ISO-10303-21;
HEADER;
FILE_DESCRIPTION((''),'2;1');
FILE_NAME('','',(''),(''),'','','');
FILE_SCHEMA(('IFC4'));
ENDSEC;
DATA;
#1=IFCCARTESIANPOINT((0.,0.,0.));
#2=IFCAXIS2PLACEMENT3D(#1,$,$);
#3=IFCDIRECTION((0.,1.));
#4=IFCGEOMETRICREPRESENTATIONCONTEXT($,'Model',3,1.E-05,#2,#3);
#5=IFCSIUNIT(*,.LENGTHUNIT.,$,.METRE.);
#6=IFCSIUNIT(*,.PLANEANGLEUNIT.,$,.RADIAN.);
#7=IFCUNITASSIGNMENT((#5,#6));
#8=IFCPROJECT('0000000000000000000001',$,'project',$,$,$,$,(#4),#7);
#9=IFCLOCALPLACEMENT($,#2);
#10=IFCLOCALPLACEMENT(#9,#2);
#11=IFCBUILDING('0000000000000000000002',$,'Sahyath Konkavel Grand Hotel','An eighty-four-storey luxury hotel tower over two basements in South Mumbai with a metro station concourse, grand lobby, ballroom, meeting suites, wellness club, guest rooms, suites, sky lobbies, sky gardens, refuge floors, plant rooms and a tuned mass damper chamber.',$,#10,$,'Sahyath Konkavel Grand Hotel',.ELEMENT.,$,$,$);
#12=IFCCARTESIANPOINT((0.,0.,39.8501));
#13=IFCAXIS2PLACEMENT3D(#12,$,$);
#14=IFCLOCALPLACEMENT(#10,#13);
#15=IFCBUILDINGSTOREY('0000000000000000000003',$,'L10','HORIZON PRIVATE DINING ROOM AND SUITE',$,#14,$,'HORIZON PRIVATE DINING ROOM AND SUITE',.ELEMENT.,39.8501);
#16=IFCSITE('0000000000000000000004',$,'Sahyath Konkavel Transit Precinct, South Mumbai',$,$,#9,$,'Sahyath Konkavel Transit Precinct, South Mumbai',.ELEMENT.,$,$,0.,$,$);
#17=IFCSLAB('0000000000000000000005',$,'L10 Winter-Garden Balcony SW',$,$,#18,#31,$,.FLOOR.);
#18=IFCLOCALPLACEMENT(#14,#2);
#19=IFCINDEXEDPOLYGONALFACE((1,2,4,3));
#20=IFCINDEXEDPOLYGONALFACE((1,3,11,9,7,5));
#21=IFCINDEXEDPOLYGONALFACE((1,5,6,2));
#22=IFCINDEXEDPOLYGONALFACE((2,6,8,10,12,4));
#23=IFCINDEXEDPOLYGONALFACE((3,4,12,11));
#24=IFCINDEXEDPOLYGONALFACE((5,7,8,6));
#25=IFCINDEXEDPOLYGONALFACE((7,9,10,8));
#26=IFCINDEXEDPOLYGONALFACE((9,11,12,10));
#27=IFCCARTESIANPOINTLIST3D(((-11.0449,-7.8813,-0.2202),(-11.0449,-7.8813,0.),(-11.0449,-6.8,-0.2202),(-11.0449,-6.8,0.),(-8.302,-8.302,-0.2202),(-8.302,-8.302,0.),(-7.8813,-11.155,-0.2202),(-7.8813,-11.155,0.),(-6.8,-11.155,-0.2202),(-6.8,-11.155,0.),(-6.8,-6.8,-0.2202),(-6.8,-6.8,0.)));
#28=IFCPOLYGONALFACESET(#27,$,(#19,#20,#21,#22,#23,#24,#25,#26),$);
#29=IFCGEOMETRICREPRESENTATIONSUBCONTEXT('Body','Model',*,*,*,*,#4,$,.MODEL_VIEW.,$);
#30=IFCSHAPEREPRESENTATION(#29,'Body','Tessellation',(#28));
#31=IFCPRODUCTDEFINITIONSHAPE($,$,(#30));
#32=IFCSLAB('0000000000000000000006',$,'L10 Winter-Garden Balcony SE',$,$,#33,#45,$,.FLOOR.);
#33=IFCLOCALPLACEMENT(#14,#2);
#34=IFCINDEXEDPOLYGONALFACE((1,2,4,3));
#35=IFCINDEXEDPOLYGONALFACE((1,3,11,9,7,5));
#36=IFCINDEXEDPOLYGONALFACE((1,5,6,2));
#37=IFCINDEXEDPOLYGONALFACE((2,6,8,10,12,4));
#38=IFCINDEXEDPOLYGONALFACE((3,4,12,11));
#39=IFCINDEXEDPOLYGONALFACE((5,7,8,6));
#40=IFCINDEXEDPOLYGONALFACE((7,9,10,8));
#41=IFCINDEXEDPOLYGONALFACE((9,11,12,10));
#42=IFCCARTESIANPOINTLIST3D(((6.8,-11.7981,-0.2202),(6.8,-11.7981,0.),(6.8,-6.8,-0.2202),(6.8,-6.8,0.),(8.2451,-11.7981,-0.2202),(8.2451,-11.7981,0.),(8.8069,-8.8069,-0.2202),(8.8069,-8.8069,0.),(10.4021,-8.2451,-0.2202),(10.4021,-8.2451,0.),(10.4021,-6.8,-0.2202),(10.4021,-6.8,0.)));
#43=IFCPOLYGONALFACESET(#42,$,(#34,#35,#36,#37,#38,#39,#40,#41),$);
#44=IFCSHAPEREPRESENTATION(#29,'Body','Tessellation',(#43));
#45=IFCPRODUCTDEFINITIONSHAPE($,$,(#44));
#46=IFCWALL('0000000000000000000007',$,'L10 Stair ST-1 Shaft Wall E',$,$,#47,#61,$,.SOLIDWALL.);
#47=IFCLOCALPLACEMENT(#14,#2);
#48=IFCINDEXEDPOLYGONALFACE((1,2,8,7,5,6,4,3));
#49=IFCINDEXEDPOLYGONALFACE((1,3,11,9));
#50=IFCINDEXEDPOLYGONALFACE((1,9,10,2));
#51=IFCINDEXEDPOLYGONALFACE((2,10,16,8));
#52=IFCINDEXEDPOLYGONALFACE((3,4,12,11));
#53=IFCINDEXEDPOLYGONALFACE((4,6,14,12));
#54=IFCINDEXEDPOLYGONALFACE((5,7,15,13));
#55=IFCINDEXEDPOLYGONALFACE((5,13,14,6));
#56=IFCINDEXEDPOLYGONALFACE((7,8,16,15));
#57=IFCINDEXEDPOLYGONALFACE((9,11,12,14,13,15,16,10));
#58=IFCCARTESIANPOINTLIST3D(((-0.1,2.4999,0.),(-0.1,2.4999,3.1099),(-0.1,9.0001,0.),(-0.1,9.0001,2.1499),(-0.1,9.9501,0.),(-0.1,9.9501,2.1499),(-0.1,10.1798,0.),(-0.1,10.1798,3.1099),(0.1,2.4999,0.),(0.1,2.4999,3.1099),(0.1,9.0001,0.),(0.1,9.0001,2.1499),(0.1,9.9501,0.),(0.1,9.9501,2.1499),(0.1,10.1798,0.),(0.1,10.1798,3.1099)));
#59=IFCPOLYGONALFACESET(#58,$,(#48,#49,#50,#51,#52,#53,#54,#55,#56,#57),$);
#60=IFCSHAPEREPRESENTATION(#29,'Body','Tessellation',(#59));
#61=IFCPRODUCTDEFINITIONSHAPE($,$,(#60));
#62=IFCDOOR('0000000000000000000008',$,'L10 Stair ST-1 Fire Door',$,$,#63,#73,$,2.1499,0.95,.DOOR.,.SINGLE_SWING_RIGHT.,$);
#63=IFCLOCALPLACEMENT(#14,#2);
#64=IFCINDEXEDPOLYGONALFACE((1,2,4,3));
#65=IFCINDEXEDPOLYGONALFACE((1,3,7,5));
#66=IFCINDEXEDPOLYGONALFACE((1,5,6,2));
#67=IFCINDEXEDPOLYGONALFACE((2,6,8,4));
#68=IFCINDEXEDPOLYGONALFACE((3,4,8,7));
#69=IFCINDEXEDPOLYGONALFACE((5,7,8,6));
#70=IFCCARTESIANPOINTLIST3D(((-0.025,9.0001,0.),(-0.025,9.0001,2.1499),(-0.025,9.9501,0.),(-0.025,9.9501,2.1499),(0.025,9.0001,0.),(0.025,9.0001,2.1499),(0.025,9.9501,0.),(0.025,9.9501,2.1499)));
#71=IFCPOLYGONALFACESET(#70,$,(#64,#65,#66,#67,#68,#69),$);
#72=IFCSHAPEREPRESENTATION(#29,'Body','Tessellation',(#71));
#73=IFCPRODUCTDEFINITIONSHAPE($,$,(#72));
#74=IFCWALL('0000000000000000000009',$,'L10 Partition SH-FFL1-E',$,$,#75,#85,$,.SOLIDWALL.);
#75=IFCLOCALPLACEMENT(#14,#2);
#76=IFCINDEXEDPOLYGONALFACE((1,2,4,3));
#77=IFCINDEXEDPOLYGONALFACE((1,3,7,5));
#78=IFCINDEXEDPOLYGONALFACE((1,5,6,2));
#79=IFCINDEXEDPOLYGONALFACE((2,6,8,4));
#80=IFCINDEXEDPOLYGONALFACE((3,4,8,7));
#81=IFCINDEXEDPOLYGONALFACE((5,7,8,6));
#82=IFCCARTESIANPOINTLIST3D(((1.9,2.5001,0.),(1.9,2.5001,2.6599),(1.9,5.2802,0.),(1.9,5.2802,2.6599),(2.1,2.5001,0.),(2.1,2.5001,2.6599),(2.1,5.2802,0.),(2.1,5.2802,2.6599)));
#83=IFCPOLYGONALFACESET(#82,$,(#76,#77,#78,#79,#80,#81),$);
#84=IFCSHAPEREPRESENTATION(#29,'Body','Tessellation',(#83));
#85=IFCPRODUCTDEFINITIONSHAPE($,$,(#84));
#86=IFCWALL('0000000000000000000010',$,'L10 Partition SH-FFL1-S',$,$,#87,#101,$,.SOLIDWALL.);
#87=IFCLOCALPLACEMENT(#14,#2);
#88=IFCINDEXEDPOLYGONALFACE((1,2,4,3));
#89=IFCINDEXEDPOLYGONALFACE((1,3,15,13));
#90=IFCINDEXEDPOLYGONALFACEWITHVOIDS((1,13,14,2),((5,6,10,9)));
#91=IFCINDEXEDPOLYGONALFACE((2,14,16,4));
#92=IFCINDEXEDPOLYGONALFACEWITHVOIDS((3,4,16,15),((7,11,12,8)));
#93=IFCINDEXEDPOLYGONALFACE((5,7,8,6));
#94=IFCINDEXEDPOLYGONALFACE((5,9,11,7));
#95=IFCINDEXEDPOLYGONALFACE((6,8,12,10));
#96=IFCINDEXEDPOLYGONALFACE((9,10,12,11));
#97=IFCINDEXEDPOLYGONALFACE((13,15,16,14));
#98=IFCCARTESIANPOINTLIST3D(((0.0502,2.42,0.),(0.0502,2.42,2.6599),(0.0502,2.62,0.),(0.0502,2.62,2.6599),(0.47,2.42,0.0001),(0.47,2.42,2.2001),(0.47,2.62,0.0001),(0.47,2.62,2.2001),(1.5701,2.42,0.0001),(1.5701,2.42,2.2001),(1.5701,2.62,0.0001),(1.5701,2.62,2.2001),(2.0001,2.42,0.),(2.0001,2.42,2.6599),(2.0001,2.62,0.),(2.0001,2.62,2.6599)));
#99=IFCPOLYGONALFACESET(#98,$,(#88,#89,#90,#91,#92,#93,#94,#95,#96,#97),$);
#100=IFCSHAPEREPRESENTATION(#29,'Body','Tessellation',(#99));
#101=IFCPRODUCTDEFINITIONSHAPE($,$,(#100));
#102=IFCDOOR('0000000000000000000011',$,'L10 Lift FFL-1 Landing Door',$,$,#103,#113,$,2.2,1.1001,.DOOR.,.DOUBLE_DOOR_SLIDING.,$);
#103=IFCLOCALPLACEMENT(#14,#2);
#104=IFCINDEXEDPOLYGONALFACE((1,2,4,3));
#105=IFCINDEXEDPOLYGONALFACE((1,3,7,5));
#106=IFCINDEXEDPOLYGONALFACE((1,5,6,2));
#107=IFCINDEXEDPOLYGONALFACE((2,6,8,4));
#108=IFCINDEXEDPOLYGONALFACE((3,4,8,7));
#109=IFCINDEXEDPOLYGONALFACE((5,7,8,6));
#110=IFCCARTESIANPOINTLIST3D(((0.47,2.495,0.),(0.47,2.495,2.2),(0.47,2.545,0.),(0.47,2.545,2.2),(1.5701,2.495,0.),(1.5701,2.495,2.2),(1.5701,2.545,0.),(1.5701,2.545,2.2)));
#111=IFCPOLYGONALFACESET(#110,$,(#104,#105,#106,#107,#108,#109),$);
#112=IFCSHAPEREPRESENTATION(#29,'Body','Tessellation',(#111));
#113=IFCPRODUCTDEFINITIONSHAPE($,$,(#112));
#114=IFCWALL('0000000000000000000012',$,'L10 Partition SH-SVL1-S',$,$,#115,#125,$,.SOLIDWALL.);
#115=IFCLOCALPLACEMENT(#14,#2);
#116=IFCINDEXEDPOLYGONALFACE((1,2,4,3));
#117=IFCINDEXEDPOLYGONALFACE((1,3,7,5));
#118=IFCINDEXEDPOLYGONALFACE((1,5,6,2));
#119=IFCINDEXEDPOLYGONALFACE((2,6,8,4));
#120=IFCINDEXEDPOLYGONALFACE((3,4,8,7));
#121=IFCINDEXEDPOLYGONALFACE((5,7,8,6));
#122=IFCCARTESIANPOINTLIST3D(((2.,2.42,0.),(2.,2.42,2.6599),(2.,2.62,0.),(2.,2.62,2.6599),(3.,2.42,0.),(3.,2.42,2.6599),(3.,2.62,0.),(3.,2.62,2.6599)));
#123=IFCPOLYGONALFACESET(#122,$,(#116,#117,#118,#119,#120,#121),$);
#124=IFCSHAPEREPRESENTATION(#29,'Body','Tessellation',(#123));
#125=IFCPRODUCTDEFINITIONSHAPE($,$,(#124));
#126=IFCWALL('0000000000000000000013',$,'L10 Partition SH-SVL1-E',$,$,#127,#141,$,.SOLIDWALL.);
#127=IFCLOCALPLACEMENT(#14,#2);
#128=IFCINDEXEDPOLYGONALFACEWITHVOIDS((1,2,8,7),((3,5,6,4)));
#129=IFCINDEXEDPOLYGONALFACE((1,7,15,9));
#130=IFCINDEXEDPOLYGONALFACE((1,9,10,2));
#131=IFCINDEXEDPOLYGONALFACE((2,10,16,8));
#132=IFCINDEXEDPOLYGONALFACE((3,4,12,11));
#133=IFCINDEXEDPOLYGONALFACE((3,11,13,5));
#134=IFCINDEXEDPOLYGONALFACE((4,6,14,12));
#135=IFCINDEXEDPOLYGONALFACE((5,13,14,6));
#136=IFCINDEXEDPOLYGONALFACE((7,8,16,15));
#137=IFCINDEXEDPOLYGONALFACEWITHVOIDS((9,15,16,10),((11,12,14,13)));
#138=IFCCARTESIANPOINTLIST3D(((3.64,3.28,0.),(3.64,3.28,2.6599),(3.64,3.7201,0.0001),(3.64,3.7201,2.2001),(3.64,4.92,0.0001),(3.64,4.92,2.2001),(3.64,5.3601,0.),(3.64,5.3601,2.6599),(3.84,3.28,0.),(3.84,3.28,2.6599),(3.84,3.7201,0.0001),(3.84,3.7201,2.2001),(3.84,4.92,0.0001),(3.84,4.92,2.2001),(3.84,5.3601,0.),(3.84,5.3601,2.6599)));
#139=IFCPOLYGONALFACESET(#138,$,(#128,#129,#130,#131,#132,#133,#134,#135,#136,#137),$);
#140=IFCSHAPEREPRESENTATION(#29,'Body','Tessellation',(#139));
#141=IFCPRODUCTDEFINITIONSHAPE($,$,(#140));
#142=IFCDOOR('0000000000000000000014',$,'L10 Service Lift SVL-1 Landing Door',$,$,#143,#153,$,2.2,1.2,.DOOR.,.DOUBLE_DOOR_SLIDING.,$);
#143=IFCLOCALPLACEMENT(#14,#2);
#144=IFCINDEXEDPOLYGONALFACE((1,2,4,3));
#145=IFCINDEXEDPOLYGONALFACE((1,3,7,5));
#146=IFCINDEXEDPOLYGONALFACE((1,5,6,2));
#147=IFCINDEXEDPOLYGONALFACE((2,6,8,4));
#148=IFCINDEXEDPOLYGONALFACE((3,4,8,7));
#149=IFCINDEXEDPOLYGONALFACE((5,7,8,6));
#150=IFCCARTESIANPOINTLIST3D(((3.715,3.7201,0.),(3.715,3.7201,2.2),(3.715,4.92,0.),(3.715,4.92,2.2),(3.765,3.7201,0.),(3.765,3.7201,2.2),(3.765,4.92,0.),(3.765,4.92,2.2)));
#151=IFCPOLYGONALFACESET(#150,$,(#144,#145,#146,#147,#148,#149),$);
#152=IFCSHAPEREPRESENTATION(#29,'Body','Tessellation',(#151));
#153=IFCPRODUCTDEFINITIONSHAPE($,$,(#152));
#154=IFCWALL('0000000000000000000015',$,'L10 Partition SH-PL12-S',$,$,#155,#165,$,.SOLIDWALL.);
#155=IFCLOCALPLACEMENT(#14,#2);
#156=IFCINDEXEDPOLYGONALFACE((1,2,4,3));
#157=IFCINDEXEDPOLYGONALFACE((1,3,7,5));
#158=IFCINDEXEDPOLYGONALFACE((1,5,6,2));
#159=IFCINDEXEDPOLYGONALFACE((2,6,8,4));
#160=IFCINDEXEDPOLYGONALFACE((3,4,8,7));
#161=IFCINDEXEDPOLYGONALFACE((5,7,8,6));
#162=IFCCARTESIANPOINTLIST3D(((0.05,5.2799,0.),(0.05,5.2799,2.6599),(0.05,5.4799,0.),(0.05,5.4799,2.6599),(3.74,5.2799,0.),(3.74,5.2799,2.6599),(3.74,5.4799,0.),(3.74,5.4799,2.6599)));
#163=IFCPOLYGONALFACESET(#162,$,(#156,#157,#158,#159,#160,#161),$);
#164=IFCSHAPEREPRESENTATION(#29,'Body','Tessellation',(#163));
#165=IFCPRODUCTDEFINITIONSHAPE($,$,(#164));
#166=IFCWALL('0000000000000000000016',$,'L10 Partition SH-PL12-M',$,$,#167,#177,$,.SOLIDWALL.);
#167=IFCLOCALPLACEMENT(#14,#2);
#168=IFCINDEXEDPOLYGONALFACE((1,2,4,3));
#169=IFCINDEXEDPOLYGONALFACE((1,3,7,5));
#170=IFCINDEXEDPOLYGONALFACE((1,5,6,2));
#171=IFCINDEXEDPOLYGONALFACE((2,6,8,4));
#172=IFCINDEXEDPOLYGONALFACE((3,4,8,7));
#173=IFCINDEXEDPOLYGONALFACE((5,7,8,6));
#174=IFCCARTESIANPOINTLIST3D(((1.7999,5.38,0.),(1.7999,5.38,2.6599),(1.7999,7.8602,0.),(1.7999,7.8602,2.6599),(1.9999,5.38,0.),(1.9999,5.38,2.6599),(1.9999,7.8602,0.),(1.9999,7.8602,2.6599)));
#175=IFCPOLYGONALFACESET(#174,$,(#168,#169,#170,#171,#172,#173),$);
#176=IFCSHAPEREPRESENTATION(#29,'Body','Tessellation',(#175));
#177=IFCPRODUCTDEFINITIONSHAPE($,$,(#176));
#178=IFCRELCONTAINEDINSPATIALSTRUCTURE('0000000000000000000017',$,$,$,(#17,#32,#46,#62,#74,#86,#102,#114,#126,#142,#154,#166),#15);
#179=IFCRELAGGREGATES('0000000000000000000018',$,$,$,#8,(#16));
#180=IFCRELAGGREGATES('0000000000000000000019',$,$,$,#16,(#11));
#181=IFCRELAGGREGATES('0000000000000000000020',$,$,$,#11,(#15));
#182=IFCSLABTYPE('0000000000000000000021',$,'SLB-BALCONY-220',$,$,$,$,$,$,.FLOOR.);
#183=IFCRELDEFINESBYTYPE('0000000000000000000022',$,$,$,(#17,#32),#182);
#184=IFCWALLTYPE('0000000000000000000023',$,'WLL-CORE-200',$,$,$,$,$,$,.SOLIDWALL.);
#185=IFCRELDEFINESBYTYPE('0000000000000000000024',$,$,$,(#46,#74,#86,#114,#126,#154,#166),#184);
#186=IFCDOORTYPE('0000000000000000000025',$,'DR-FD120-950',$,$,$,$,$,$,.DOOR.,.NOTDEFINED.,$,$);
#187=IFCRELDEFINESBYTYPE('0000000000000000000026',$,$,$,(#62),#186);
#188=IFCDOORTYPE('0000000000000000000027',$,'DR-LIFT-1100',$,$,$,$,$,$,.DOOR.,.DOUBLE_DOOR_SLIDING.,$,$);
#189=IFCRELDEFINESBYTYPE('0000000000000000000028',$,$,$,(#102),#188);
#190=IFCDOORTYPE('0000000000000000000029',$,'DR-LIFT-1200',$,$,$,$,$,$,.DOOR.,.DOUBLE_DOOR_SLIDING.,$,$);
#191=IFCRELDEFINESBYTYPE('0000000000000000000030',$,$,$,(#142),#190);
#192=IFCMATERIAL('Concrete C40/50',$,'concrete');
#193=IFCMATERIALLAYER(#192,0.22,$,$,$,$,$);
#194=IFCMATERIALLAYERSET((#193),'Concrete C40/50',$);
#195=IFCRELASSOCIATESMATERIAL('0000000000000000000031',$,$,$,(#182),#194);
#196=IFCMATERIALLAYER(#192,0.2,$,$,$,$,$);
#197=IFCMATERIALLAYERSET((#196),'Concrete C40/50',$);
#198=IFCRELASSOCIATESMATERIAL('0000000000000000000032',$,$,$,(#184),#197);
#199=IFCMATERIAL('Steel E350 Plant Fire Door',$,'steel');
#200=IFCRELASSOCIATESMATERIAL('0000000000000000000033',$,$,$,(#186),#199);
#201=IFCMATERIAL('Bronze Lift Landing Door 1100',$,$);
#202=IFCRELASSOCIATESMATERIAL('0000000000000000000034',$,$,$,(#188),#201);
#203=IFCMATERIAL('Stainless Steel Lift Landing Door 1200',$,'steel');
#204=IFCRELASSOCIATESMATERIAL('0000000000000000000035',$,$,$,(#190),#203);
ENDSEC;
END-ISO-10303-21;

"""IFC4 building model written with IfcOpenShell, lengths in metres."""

from ifc_helpers import new_model, si_unit, direction, frame, frame_2d, origin, origin_2d, place, context, subcontext, project, spatial, polyline, rectangle, outline, extrude, source, transform, mapped, material, layer, layer_set, type_object, element, fill, save


model = new_model("IFC4")

# Units and contexts
model_context = context("Model", 3, precision=1e-05, world=origin(), true_north=direction((0.0, 1.0)))
body_context = subcontext(model_context, "Body", "Model", "MODEL_VIEW")
ifc_project = project(units=[si_unit("LENGTHUNIT", "METRE"), si_unit("PLANEANGLEUNIT", "RADIAN")], contexts=[model_context])

# Site, building, storey
site_placement = place(None, origin())
site = spatial("IfcSite", under=ifc_project, at=site_placement, Name="Sahyath Konkavel Transit Precinct, South Mumbai", LongName="Sahyath Konkavel Transit Precinct, South Mumbai", CompositionType="ELEMENT", RefElevation=0.0)
building_placement = place(site_placement, origin())
building = spatial("IfcBuilding", under=site, at=building_placement, Name="Sahyath Konkavel Grand Hotel", Description="An eighty-four-storey luxury hotel tower over two basements in South Mumbai with a metro station concourse, grand lobby, ballroom, meeting suites, wellness club, guest rooms, suites, sky lobbies, sky gardens, refuge floors, plant rooms and a tuned mass damper chamber.", LongName="Sahyath Konkavel Grand Hotel", CompositionType="ELEMENT")
storey_placement = place(building_placement, frame((0.0, 0.0, 39.8501)))
storey = spatial("IfcBuildingStorey", under=building, at=storey_placement, Name="L10", Description="HORIZON PRIVATE DINING ROOM AND SUITE", LongName="HORIZON PRIVATE DINING ROOM AND SUITE", CompositionType="ELEMENT", Elevation=39.8501)

# Slabs
ifc_material_1 = material(Name="Concrete C40/50", Category="concrete")
ifc_layer_1 = layer(ifc_material_1, 0.22)
ifc_layer_set_1 = layer_set([ifc_layer_1], Name="Concrete C40/50")
slab_type = type_object("IfcSlabType", Name="SLB-BALCONY-220", PredefinedType="FLOOR", material=ifc_layer_set_1)
slab_1_placement = place(storey_placement, frame((0.0, 0.0, -0.2202)))
element("IfcSlab", 1, at=slab_1_placement, inside=storey, type_object=slab_type, Name="L10 Winter-Garden Balcony SW", PredefinedType="FLOOR", context=body_context, shape_type="SweptSolid", body=[
    extrude(outline(polyline([(-6.8, -6.8), (-11.0449, -6.8), (-11.0449, -7.8813), (-8.302, -8.302), (-7.8813, -11.155), (-6.8, -11.155), (-6.8, -6.8)])), origin(), (0.0, 0.0, 1.0), 0.2202),
])
slab_2_placement = place(storey_placement, frame((0.0, 0.0, -0.2202)))
element("IfcSlab", 2, at=slab_2_placement, inside=storey, type_object=slab_type, Name="L10 Winter-Garden Balcony SE", PredefinedType="FLOOR", context=body_context, shape_type="SweptSolid", body=[
    extrude(outline(polyline([(6.8, -6.8), (6.8, -11.7981), (8.2451, -11.7981), (8.8069, -8.8069), (10.4021, -8.2451), (10.4021, -6.8), (6.8, -6.8)])), origin(), (0.0, 0.0, 1.0), 0.2202),
])

# Wall, opening, door
ifc_layer_2 = layer(ifc_material_1, 0.2)
ifc_layer_set_2 = layer_set([ifc_layer_2], Name="Concrete C40/50")
wall_type_1 = type_object("IfcWallType", Name="WLL-CORE-200", PredefinedType="SOLIDWALL", material=ifc_layer_set_2)
wall_1_placement = place(storey_placement, frame((0.0, 2.5, 0.0), z_axis=(0.0, 0.0, 1.0), x_axis=(0.0, 1.0, 0.0)))
wall_1 = element("IfcWall", 3, at=wall_1_placement, inside=storey, type_object=wall_type_1, Name="L10 Stair ST-1 Shaft Wall E", PredefinedType="SOLIDWALL", context=body_context, shape_type="SweptSolid", body=[
    extrude(rectangle(XDim=7.6799, YDim=0.2, at=frame_2d((3.8398, 0.0))), origin(), (0.0, 0.0, 1.0), 3.1099),
])
opening_1_placement = place(wall_1_placement, frame((6.5, 0.0, 0.0)))
opening_1 = element("IfcOpeningElement", 4, at=opening_1_placement, cuts=wall_1, PredefinedType="OPENING", context=body_context, shape_type="SweptSolid", body=[
    extrude(rectangle(XDim=0.95, YDim=2.1499, at=frame_2d((0.4751, 1.075))), frame((0.0, 0.1099, 0.0), z_axis=(0.0, -1.0, 0.0), x_axis=(1.0, 0.0, 0.0)), (0.0, 0.0, 1.0), 0.22),
])
ifc_material_2 = material(Name="Steel E350 Plant Fire Door", Category="steel")
door_type_1 = type_object("IfcDoorType", Name="DR-FD120-950", OperationType="NOTDEFINED", PredefinedType="DOOR", material=ifc_material_2)
shared_shape_1 = source(origin(), body_context, "Body", "SweptSolid", [
    extrude(rectangle(XDim=0.95, YDim=0.05, at=origin_2d()), origin(), (0.0, 0.0, 1.0), 2.1499),
])
door_1_placement = place(opening_1_placement, frame((0.4751, 0.0, 0.0)))
door_1 = element("IfcDoor", 5, at=door_1_placement, inside=storey, type_object=door_type_1, Name="L10 Stair ST-1 Fire Door", OperationType="SINGLE_SWING_RIGHT", OverallHeight=2.1499, OverallWidth=0.95, PredefinedType="DOOR", context=body_context, shape_type="MappedRepresentation", body=[
    mapped(shared_shape_1, transform((0.0, 0.0, 0.0), scale=1.0)),
])
fill(opening_1, door_1)

# Wall
wall_2_placement = place(storey_placement, frame((2.0, 2.5, 0.0), z_axis=(0.0, 0.0, 1.0), x_axis=(0.0, 1.0, 0.0)))
element("IfcWall", 6, at=wall_2_placement, inside=storey, type_object=wall_type_1, Name="L10 Partition SH-FFL1-E", PredefinedType="SOLIDWALL", context=body_context, shape_type="SweptSolid", body=[
    extrude(rectangle(XDim=2.78, YDim=0.2, at=frame_2d((1.3901, 0.0))), origin(), (0.0, 0.0, 1.0), 2.6599),
])

# Wall, opening, door
wall_3_placement = place(storey_placement, frame((0.05, 2.52, 0.0), z_axis=(0.0, 0.0, 1.0), x_axis=(1.0, 0.0, 0.0)))
wall_3 = element("IfcWall", 7, at=wall_3_placement, inside=storey, type_object=wall_type_1, Name="L10 Partition SH-FFL1-S", PredefinedType="SOLIDWALL", context=body_context, shape_type="SweptSolid", body=[
    extrude(rectangle(XDim=1.95, YDim=0.2, at=frame_2d((0.9751, 0.0))), origin(), (0.0, 0.0, 1.0), 2.6599),
])
opening_2_placement = place(wall_3_placement, frame((0.4199, 0.0, 0.0)))
opening_2 = element("IfcOpeningElement", 8, at=opening_2_placement, cuts=wall_3, PredefinedType="OPENING", context=body_context, shape_type="SweptSolid", body=[
    extrude(rectangle(XDim=1.1001, YDim=2.2, at=frame_2d((0.55, 1.1001))), frame((0.0, 0.1099, 0.0), z_axis=(0.0, -1.0, 0.0), x_axis=(1.0, 0.0, 0.0)), (0.0, 0.0, 1.0), 0.22),
])
ifc_material_3 = material(Name="Bronze Lift Landing Door 1100")
door_type_2 = type_object("IfcDoorType", Name="DR-LIFT-1100", OperationType="DOUBLE_DOOR_SLIDING", PredefinedType="DOOR", material=ifc_material_3)
shared_shape_2 = source(origin(), body_context, "Body", "SweptSolid", [
    extrude(rectangle(XDim=1.1001, YDim=0.05, at=origin_2d()), origin(), (0.0, 0.0, 1.0), 2.2),
])
door_2_placement = place(opening_2_placement, frame((0.55, 0.0, 0.0)))
door_2 = element("IfcDoor", 9, at=door_2_placement, inside=storey, type_object=door_type_2, Name="L10 Lift FFL-1 Landing Door", OperationType="DOUBLE_DOOR_SLIDING", OverallHeight=2.2, OverallWidth=1.1001, PredefinedType="DOOR", context=body_context, shape_type="MappedRepresentation", body=[
    mapped(shared_shape_2, transform((0.0, 0.0, 0.0), scale=1.0)),
])
fill(opening_2, door_2)

# Wall
wall_4_placement = place(storey_placement, frame((2.0, 2.52, 0.0), z_axis=(0.0, 0.0, 1.0), x_axis=(1.0, 0.0, 0.0)))
element("IfcWall", 10, at=wall_4_placement, inside=storey, type_object=wall_type_1, Name="L10 Partition SH-SVL1-S", PredefinedType="SOLIDWALL", context=body_context, shape_type="SweptSolid", body=[
    extrude(rectangle(XDim=1.0, YDim=0.2, at=frame_2d((0.5, 0.0))), origin(), (0.0, 0.0, 1.0), 2.6599),
])

# Wall, opening, door
wall_5_placement = place(storey_placement, frame((3.74, 3.28, 0.0), z_axis=(0.0, 0.0, 1.0), x_axis=(0.0, 1.0, 0.0)))
wall_5 = element("IfcWall", 11, at=wall_5_placement, inside=storey, type_object=wall_type_1, Name="L10 Partition SH-SVL1-E", PredefinedType="SOLIDWALL", context=body_context, shape_type="SweptSolid", body=[
    extrude(rectangle(XDim=2.0801, YDim=0.2, at=frame_2d((1.04, 0.0))), origin(), (0.0, 0.0, 1.0), 2.6599),
])
opening_3_placement = place(wall_5_placement, frame((0.4399, 0.0, 0.0)))
opening_3 = element("IfcOpeningElement", 12, at=opening_3_placement, cuts=wall_5, PredefinedType="OPENING", context=body_context, shape_type="SweptSolid", body=[
    extrude(rectangle(XDim=1.2, YDim=2.2, at=frame_2d((0.6001, 1.1001))), frame((0.0, 0.1099, 0.0), z_axis=(0.0, -1.0, 0.0), x_axis=(1.0, 0.0, 0.0)), (0.0, 0.0, 1.0), 0.22),
])
ifc_material_4 = material(Name="Stainless Steel Lift Landing Door 1200", Category="steel")
door_type_3 = type_object("IfcDoorType", Name="DR-LIFT-1200", OperationType="DOUBLE_DOOR_SLIDING", PredefinedType="DOOR", material=ifc_material_4)
shared_shape_3 = source(origin(), body_context, "Body", "SweptSolid", [
    extrude(rectangle(XDim=1.2, YDim=0.05, at=origin_2d()), origin(), (0.0, 0.0, 1.0), 2.2),
])
door_3_placement = place(opening_3_placement, frame((0.6001, 0.0, 0.0)))
door_3 = element("IfcDoor", 13, at=door_3_placement, inside=storey, type_object=door_type_3, Name="L10 Service Lift SVL-1 Landing Door", OperationType="DOUBLE_DOOR_SLIDING", OverallHeight=2.2, OverallWidth=1.2, PredefinedType="DOOR", context=body_context, shape_type="MappedRepresentation", body=[
    mapped(shared_shape_3, transform((0.0, 0.0, 0.0), scale=1.0)),
])
fill(opening_3, door_3)

# Walls
wall_6_placement = place(storey_placement, frame((0.05, 5.3799, 0.0), z_axis=(0.0, 0.0, 1.0), x_axis=(1.0, 0.0, 0.0)))
element("IfcWall", 14, at=wall_6_placement, inside=storey, type_object=wall_type_1, Name="L10 Partition SH-PL12-S", PredefinedType="SOLIDWALL", context=body_context, shape_type="SweptSolid", body=[
    extrude(rectangle(XDim=3.6899, YDim=0.2, at=frame_2d((1.845, 0.0))), origin(), (0.0, 0.0, 1.0), 2.6599),
])
wall_7_placement = place(storey_placement, frame((1.8999, 5.3799, 0.0), z_axis=(0.0, 0.0, 1.0), x_axis=(0.0, 1.0, 0.0)))
element("IfcWall", 15, at=wall_7_placement, inside=storey, type_object=wall_type_1, Name="L10 Partition SH-PL12-M", PredefinedType="SOLIDWALL", context=body_context, shape_type="SweptSolid", body=[
    extrude(rectangle(XDim=2.4802, YDim=0.2, at=frame_2d((1.2402, 0.0))), origin(), (0.0, 0.0, 1.0), 2.6599),
])

save(model, "model.ifc")
